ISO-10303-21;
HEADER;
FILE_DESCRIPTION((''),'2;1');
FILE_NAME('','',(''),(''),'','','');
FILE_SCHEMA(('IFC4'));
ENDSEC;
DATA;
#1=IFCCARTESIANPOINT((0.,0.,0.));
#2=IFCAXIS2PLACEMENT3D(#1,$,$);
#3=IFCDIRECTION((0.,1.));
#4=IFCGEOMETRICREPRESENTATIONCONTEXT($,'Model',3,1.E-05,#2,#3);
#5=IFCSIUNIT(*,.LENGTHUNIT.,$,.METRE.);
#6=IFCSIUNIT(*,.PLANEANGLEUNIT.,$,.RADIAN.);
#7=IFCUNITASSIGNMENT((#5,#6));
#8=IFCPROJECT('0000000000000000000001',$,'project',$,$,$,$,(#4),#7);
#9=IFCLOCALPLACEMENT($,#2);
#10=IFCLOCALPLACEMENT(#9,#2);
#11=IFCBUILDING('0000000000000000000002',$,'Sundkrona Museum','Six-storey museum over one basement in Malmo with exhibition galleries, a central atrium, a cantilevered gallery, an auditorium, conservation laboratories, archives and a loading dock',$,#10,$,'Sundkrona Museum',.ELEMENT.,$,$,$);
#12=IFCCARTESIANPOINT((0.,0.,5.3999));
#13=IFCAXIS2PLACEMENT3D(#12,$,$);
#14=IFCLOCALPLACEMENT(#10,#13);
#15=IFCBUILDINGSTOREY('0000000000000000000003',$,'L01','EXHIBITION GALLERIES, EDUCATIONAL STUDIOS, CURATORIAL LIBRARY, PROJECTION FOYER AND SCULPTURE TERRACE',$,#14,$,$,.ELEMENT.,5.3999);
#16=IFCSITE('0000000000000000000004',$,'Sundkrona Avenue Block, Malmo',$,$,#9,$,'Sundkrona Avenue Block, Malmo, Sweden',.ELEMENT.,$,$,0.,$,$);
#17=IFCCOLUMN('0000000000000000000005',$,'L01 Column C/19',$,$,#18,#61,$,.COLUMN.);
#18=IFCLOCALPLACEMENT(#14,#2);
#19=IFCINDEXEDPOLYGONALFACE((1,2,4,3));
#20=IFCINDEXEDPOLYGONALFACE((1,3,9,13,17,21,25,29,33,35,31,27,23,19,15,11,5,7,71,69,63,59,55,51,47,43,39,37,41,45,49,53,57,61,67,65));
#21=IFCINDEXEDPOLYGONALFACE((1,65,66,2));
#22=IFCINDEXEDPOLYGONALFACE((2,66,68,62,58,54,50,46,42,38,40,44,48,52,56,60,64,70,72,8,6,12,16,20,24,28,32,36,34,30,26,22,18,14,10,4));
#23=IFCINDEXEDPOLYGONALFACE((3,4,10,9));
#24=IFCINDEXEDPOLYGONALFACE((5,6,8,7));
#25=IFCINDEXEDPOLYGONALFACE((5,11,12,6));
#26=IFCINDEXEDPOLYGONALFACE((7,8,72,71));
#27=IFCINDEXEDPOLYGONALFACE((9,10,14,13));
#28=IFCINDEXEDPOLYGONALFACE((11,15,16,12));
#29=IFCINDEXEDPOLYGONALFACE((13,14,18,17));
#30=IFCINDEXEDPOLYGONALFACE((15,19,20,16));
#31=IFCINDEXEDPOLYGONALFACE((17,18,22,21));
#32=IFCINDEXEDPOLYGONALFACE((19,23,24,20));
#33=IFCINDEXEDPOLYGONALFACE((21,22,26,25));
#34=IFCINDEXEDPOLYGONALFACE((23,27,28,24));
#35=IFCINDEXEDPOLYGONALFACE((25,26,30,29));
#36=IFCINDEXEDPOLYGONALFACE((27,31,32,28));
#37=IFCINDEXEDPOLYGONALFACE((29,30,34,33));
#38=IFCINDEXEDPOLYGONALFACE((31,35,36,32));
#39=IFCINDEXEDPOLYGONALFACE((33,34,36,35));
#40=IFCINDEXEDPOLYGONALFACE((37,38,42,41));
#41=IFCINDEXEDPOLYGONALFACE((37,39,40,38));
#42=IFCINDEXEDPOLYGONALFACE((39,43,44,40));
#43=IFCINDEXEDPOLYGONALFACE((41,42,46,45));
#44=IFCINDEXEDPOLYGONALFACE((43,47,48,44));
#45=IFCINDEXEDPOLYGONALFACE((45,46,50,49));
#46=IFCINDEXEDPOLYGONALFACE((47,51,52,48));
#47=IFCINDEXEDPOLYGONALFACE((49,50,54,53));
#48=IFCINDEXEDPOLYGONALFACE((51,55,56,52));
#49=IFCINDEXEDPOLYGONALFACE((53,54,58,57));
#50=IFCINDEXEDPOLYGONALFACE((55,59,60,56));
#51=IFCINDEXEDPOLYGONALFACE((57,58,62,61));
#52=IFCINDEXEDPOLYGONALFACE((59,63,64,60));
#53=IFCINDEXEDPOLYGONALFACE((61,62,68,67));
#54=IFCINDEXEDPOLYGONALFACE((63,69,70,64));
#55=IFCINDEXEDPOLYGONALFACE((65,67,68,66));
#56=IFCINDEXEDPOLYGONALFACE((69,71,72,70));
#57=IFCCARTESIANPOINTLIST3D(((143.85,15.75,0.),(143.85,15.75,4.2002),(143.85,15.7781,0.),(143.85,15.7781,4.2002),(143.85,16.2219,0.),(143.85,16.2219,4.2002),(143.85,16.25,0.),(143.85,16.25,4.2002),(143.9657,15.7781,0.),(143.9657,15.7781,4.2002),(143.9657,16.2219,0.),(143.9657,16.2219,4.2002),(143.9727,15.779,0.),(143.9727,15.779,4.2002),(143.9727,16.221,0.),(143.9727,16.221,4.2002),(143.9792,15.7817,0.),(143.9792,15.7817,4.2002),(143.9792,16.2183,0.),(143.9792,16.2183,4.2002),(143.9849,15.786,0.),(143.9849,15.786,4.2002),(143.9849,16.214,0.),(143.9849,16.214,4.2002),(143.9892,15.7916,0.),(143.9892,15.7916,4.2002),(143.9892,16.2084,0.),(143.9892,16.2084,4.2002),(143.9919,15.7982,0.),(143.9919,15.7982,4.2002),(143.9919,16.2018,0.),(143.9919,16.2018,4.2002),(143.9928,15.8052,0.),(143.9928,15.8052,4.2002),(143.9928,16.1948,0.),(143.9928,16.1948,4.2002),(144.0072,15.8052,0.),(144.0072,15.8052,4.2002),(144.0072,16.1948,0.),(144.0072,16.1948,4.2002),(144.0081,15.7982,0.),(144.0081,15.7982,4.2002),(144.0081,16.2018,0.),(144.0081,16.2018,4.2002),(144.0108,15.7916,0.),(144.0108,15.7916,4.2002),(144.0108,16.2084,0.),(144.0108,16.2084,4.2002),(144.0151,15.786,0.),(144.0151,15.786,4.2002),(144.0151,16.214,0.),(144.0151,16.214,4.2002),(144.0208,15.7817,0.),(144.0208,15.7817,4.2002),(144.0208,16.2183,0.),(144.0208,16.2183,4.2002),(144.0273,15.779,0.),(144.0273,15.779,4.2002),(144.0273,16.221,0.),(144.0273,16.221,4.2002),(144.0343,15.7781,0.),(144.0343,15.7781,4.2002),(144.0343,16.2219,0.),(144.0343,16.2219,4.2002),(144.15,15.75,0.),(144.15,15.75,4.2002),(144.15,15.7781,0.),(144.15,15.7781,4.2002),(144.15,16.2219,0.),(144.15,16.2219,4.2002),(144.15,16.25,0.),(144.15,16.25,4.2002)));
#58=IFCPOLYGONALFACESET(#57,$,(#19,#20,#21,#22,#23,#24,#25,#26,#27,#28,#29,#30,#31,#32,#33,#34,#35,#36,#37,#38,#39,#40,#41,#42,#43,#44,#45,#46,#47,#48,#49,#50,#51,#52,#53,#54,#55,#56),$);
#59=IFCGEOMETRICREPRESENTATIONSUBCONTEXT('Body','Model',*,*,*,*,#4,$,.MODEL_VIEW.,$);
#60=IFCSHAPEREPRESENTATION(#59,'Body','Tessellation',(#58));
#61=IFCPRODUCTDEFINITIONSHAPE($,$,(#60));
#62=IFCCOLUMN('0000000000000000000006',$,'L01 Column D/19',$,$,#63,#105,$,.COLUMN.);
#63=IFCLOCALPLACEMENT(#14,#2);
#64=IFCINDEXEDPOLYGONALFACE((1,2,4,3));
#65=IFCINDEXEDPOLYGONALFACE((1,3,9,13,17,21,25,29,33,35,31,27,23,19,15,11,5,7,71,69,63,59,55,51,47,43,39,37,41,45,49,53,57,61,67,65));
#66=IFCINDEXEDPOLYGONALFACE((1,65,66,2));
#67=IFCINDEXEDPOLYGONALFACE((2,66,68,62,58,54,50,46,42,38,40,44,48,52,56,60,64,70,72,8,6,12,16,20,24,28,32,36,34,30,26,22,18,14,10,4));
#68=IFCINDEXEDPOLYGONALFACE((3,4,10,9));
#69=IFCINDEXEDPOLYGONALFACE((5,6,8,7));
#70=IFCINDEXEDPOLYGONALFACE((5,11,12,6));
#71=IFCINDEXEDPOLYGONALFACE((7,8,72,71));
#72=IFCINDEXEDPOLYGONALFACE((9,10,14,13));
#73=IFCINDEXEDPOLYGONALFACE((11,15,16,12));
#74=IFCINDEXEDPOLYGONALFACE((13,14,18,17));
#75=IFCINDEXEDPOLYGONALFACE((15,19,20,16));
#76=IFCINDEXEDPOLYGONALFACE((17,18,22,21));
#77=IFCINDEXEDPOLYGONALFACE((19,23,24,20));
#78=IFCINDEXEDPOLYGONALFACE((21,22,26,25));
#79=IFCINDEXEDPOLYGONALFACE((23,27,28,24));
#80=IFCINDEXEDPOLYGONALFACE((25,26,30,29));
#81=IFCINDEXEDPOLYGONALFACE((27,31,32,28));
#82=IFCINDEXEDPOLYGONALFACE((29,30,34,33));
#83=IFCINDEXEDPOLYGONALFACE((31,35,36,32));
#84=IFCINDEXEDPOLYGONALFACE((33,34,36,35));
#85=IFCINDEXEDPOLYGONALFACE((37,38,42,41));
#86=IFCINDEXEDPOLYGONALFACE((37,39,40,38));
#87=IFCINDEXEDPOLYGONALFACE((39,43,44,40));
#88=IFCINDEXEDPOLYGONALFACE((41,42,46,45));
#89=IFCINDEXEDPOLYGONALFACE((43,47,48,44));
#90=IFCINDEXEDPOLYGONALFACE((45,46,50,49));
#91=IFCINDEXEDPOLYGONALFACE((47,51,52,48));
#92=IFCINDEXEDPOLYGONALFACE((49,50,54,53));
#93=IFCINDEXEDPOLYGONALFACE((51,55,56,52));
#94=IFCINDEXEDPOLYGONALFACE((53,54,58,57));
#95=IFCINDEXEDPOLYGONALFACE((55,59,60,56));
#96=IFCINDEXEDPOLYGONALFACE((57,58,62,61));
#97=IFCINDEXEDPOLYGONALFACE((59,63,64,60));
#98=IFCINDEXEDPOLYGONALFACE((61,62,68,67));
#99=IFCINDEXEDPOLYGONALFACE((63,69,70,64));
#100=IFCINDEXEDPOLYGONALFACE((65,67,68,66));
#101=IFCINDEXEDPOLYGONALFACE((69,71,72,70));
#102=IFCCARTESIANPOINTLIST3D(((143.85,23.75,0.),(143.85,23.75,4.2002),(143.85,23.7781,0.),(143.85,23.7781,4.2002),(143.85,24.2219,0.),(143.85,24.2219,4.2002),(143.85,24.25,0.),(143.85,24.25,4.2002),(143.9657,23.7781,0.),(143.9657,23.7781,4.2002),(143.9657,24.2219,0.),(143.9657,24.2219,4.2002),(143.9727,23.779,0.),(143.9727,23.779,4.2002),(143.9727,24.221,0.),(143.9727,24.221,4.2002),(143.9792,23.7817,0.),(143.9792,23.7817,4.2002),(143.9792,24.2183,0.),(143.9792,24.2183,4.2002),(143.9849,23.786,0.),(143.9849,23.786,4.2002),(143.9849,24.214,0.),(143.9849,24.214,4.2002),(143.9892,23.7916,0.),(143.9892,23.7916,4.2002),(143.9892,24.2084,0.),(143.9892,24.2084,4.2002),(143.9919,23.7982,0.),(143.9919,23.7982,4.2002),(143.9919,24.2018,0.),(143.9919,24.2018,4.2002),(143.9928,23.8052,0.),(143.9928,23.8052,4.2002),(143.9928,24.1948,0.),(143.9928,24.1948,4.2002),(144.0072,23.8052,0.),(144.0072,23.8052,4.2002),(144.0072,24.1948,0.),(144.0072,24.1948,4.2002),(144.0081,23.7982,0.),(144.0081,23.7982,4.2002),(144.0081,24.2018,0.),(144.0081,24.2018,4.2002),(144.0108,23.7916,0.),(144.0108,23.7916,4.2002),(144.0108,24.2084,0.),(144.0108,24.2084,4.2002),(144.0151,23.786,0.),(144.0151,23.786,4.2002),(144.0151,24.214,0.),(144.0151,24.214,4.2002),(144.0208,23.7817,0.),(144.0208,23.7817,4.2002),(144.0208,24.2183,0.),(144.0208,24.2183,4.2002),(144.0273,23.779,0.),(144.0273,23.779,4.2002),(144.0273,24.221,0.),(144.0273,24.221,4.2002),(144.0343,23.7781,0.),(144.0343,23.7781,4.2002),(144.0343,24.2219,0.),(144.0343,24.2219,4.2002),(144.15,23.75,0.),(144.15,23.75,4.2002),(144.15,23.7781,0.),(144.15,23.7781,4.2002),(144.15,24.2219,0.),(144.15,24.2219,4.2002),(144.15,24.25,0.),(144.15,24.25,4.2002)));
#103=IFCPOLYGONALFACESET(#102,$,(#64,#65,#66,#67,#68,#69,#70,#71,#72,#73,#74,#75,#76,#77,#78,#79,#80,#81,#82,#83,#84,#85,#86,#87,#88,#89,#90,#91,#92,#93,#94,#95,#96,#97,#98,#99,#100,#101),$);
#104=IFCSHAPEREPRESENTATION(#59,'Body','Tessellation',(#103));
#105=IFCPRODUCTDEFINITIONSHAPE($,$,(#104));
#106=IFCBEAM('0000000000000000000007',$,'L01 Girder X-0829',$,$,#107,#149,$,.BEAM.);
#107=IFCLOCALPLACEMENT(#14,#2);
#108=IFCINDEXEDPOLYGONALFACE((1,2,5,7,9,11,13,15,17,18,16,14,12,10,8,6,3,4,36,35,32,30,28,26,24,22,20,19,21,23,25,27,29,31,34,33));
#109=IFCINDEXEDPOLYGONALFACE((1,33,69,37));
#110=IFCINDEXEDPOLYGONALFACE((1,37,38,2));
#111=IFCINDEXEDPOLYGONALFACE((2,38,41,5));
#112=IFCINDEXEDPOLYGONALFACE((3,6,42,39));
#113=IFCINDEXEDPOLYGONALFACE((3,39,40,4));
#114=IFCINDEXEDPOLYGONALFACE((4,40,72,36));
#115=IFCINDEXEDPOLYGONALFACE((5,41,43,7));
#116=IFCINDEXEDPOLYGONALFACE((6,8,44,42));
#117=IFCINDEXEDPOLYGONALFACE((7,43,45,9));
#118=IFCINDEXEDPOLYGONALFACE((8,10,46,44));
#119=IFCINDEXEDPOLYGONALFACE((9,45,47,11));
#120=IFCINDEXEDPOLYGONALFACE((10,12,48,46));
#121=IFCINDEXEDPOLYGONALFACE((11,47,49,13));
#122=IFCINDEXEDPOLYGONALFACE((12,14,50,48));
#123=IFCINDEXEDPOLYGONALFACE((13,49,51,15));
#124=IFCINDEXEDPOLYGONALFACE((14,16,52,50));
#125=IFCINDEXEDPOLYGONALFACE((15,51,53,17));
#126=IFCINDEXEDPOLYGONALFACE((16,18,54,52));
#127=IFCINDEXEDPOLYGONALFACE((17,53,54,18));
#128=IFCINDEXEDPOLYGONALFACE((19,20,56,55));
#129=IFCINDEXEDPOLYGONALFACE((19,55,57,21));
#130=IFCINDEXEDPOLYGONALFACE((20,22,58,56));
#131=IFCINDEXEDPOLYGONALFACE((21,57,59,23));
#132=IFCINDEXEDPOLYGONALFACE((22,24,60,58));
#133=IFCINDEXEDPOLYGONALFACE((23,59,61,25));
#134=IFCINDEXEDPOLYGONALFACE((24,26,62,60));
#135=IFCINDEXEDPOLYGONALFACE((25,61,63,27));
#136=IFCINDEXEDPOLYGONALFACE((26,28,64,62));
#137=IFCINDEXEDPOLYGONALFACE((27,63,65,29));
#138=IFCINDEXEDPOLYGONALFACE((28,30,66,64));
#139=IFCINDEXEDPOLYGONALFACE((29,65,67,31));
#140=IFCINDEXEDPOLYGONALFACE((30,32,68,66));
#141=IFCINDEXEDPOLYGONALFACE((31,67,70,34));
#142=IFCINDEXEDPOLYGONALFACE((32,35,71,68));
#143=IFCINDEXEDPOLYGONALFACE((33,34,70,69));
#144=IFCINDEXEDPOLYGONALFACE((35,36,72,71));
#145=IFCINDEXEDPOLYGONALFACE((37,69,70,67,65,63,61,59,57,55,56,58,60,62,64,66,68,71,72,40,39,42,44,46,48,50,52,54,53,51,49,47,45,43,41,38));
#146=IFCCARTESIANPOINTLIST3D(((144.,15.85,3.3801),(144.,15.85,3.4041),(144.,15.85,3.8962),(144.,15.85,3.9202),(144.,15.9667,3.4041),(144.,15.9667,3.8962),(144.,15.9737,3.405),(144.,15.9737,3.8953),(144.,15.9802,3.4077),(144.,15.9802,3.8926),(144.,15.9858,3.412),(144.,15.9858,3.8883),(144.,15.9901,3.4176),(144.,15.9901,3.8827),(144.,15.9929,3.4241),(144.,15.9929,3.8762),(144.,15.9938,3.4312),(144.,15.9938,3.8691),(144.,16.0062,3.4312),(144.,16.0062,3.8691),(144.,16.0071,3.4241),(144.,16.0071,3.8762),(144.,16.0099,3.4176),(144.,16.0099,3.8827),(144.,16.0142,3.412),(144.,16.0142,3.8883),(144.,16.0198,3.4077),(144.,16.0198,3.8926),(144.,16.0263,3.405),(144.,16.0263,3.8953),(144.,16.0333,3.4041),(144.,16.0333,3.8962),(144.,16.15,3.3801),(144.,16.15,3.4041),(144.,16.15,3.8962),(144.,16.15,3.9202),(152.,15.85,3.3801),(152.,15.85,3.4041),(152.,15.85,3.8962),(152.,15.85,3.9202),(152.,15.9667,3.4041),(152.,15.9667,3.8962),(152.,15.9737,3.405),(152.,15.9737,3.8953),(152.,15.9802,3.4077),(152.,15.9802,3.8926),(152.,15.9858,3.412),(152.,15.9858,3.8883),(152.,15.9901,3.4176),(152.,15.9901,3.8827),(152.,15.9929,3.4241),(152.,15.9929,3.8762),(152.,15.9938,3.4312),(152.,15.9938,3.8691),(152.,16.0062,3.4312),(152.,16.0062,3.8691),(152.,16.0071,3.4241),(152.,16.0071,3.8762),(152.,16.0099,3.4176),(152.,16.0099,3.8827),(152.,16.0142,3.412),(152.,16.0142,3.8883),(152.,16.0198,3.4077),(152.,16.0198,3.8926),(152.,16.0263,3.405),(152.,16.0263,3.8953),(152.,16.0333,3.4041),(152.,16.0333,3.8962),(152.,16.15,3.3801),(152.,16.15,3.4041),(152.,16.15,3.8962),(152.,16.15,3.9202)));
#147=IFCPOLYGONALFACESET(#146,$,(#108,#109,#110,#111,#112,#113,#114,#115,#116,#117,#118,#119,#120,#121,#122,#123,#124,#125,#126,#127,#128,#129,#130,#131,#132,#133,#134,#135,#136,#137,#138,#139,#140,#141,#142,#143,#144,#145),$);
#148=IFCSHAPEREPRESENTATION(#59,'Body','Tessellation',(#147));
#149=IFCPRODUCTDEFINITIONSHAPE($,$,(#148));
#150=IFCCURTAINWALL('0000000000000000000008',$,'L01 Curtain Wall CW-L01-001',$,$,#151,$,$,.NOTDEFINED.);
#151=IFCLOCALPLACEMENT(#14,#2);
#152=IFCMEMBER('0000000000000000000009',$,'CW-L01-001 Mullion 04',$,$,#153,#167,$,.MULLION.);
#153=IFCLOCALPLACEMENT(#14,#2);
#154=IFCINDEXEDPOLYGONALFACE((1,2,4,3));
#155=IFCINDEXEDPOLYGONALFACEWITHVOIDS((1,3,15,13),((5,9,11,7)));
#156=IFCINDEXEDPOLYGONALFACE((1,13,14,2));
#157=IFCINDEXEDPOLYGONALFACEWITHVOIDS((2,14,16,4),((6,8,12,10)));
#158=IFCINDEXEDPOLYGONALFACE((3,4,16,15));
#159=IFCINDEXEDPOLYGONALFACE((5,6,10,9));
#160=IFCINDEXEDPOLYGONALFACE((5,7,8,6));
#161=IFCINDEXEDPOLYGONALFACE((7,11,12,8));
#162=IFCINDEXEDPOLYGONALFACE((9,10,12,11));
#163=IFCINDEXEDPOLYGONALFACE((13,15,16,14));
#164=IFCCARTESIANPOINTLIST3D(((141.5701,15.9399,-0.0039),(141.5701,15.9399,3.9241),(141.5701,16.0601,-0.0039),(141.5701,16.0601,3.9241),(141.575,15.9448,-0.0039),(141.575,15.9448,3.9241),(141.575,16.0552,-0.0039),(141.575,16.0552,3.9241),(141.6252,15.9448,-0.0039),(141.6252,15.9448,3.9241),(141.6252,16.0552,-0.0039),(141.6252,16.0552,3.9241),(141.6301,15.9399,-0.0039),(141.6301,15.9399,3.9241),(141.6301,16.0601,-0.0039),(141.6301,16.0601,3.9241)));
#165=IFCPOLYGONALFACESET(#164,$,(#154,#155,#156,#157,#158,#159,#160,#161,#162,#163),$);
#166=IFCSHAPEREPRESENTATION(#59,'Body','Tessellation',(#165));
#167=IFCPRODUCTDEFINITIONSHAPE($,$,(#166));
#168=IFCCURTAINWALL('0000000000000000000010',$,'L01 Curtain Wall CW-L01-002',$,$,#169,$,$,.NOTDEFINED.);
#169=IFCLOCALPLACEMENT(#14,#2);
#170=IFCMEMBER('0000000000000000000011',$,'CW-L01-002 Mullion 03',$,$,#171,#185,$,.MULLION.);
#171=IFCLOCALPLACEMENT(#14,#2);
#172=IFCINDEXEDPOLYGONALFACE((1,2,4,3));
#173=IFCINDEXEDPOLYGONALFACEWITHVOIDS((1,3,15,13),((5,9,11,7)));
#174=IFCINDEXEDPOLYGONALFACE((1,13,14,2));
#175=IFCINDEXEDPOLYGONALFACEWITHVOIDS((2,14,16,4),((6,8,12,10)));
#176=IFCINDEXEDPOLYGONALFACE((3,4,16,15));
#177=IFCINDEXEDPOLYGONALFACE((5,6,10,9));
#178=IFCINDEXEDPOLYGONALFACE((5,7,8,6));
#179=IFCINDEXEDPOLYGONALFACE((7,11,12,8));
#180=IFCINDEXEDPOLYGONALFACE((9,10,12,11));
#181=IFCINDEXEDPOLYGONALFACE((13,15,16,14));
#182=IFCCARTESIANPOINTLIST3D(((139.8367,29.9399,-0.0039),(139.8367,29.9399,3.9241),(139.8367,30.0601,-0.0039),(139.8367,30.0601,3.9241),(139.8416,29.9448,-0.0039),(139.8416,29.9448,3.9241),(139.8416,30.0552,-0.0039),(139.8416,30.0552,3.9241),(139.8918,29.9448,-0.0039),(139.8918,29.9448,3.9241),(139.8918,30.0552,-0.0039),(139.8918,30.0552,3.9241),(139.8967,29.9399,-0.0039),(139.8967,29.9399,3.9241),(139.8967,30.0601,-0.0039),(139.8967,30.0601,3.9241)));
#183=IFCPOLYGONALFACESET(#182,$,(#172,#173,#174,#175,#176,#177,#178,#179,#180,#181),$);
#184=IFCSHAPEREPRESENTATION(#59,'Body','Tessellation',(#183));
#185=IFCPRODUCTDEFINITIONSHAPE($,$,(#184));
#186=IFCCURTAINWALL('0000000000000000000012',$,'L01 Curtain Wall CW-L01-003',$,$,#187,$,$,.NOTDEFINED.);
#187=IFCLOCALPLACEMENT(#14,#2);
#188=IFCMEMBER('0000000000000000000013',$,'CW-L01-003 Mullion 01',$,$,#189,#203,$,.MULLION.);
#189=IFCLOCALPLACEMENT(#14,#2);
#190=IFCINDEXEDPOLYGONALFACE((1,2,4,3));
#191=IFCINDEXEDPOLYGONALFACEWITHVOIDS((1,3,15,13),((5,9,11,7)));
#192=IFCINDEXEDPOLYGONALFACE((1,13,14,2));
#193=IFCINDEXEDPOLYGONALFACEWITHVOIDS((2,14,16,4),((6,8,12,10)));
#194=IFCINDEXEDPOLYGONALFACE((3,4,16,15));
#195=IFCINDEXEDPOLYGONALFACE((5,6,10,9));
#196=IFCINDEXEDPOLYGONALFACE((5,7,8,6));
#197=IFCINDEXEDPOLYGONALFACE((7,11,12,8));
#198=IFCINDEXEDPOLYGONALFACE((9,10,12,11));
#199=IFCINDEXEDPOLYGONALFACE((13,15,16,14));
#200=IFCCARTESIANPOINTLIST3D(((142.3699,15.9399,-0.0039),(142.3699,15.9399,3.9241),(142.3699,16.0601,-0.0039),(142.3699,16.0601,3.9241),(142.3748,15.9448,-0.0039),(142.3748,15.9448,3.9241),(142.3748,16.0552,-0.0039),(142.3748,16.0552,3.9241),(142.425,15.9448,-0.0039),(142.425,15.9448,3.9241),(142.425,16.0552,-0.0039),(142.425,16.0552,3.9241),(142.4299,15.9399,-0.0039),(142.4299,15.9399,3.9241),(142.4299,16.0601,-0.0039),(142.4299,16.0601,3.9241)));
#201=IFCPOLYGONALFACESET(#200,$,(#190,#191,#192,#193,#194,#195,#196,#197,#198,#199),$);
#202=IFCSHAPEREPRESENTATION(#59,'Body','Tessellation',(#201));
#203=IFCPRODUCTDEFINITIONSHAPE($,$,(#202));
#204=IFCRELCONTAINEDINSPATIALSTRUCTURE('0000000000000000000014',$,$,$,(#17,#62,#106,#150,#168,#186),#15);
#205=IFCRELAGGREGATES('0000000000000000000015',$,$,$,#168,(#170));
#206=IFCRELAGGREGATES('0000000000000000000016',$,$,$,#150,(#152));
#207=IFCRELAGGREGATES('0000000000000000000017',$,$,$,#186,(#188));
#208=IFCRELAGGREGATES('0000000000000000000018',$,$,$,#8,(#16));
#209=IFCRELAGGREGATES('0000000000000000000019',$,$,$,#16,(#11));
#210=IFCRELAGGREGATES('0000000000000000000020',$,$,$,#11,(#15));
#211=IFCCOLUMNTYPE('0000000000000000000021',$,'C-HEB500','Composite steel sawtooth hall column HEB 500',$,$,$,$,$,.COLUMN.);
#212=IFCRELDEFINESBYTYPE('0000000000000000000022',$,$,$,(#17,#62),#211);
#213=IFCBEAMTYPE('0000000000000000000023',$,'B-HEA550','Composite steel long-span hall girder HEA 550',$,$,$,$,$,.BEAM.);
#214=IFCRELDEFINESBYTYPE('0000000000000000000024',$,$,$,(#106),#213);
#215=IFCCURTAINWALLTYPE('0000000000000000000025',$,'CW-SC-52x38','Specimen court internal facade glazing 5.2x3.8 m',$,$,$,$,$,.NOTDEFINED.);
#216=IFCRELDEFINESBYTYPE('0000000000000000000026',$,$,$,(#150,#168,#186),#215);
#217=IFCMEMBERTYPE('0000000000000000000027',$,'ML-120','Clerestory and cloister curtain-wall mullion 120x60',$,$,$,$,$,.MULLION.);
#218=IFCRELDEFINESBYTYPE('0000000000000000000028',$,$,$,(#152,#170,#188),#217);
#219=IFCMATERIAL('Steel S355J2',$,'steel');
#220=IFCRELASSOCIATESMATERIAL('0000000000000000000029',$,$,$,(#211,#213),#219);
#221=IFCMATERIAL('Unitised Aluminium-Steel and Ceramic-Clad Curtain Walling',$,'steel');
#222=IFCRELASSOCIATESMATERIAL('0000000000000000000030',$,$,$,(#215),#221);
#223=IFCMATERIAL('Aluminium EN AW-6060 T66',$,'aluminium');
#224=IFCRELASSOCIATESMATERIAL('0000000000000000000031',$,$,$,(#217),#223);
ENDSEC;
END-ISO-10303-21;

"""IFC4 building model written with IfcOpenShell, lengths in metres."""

from ifc_helpers import new_model, si_unit, direction, frame, origin, origin_2d, place, context, subcontext, project, spatial, hollow_rectangle, i_section, extrude, material, material_profile, profile_set, type_object, element, aggregate, save


model = new_model("IFC4")

# Units and contexts
model_context = context("Model", 3, precision=1e-05, world=origin(), true_north=direction((0.0, 1.0)))
body_context = subcontext(model_context, "Body", "Model", "MODEL_VIEW")
ifc_project = project(units=[si_unit("LENGTHUNIT", "METRE"), si_unit("PLANEANGLEUNIT", "RADIAN")], contexts=[model_context])

# Site, building, storey
site_placement = place(None, origin())
site = spatial("IfcSite", under=ifc_project, at=site_placement, Name="Sundkrona Avenue Block, Malmo", LongName="Sundkrona Avenue Block, Malmo, Sweden", CompositionType="ELEMENT", RefElevation=0.0)
building_placement = place(site_placement, origin())
building = spatial("IfcBuilding", under=site, at=building_placement, Name="Sundkrona Museum", Description="Six-storey museum over one basement in Malmo with exhibition galleries, a central atrium, a cantilevered gallery, an auditorium, conservation laboratories, archives and a loading dock", LongName="Sundkrona Museum", CompositionType="ELEMENT")
storey_placement = place(building_placement, frame((0.0, 0.0, 5.3999)))
storey = spatial("IfcBuildingStorey", under=building, at=storey_placement, Name="L01", Description="EXHIBITION GALLERIES, EDUCATIONAL STUDIOS, CURATORIAL LIBRARY, PROJECTION FOYER AND SCULPTURE TERRACE", CompositionType="ELEMENT", Elevation=5.3999)

# Columns
ifc_material_1 = material(Name="Steel S355J2", Category="steel")
ifc_material_profile_1 = material_profile(ifc_material_1, i_section(OverallWidth=0.3, OverallDepth=0.5, WebThickness=0.0144, FlangeThickness=0.0281, FilletRadius=0.0271, at=origin_2d()), Name="HEB 500")
ifc_profile_set_1 = profile_set([ifc_material_profile_1], Name="Steel S355J2")
column_type = type_object("IfcColumnType", Name="C-HEB500", Description="Composite steel sawtooth hall column HEB 500", PredefinedType="COLUMN", material=ifc_profile_set_1)
for number, where, z_axis, x_axis, name in (
    (1, (144.0, 16.0, 0.0), (0.0, 0.0, 1.0), (1.0, 0.0, 0.0), "L01 Column C/19"),
    (2, (144.0, 24.0, 0.0), (0.0, 0.0, 1.0), (1.0, 0.0, 0.0), "L01 Column D/19"),
):
    element("IfcColumn", number, at=place(storey_placement, frame(where, z_axis=z_axis, x_axis=x_axis)), inside=storey, type_object=column_type, Name=name, PredefinedType="COLUMN", context=body_context, shape_type="SweptSolid", body=[
        extrude(i_section(OverallWidth=0.3, OverallDepth=0.5, WebThickness=0.0144, FlangeThickness=0.0281, FilletRadius=0.0271, at=origin_2d()), origin(), (0.0, 0.0, 1.0), 4.2002),
    ])

# Beam
ifc_material_profile_2 = material_profile(ifc_material_1, i_section(OverallWidth=0.3, OverallDepth=0.54, WebThickness=0.0125, FlangeThickness=0.0239, FilletRadius=0.0271, at=origin_2d()), Name="HEA 550")
ifc_profile_set_2 = profile_set([ifc_material_profile_2], Name="Steel S355J2")
beam_type = type_object("IfcBeamType", Name="B-HEA550", Description="Composite steel long-span hall girder HEA 550", PredefinedType="BEAM", material=ifc_profile_set_2)
beam_placement = place(storey_placement, frame((144.0, 16.0, 3.6501), z_axis=(1.0, 0.0, 0.0), x_axis=(0.0, 1.0, 0.0)))
element("IfcBeam", 3, at=beam_placement, inside=storey, type_object=beam_type, Name="L01 Girder X-0829", PredefinedType="BEAM", context=body_context, shape_type="SweptSolid", body=[
    extrude(i_section(OverallWidth=0.3, OverallDepth=0.54, WebThickness=0.0125, FlangeThickness=0.0239, FilletRadius=0.0271, at=origin_2d()), origin(), (0.0, 0.0, 1.0), 8.0),
])

# Curtain walls, members
ifc_material_2 = material(Name="Unitised Aluminium-Steel and Ceramic-Clad Curtain Walling", Category="steel")
curtain_wall_type = type_object("IfcCurtainWallType", Name="CW-SC-52x38", Description="Specimen court internal facade glazing 5.2x3.8 m", PredefinedType="NOTDEFINED", material=ifc_material_2)
curtain_wall_1_placement = place(storey_placement, origin())
curtain_wall_1 = element("IfcCurtainWall", 4, at=curtain_wall_1_placement, inside=storey, type_object=curtain_wall_type, Name="L01 Curtain Wall CW-L01-001", PredefinedType="NOTDEFINED")
ifc_material_3 = material(Name="Aluminium EN AW-6060 T66", Category="aluminium")
ifc_material_profile_3 = material_profile(ifc_material_3, hollow_rectangle(XDim=0.0601, YDim=0.1201, WallThickness=0.0049, at=origin_2d()), Name="RHS 120x60x5.0")
ifc_profile_set_3 = profile_set([ifc_material_profile_3], Name="Aluminium EN AW-6060 T66")
member_type_1 = type_object("IfcMemberType", Name="ML-120", Description="Clerestory and cloister curtain-wall mullion 120x60", PredefinedType="MULLION", material=ifc_profile_set_3)
member_1_placement = place(storey_placement, frame((141.6001, 16.0, -0.0039), z_axis=(0.0, 0.0, 1.0), x_axis=(1.0, 0.0, 0.0)))
member_1 = element("IfcMember", 5, at=member_1_placement, type_object=member_type_1, Name="CW-L01-001 Mullion 04", PredefinedType="MULLION", context=body_context, shape_type="SweptSolid", body=[
    extrude(hollow_rectangle(XDim=0.0601, YDim=0.1201, WallThickness=0.0049, at=origin_2d()), origin(), (0.0, 0.0, 1.0), 3.928),
])
curtain_wall_2_placement = place(storey_placement, origin())
curtain_wall_2 = element("IfcCurtainWall", 6, at=curtain_wall_2_placement, inside=storey, type_object=curtain_wall_type, Name="L01 Curtain Wall CW-L01-002", PredefinedType="NOTDEFINED")
member_2_placement = place(storey_placement, frame((139.8667, 30.0, -0.0039), z_axis=(0.0, 0.0, 1.0), x_axis=(1.0, 0.0, 0.0)))
member_2 = element("IfcMember", 7, at=member_2_placement, type_object=member_type_1, Name="CW-L01-002 Mullion 03", PredefinedType="MULLION", context=body_context, shape_type="SweptSolid", body=[
    extrude(hollow_rectangle(XDim=0.0601, YDim=0.1201, WallThickness=0.0049, at=origin_2d()), origin(), (0.0, 0.0, 1.0), 3.928),
])

# Curtain wall, member
curtain_wall_3_placement = place(storey_placement, origin())
curtain_wall_3 = element("IfcCurtainWall", 8, at=curtain_wall_3_placement, inside=storey, type_object=curtain_wall_type, Name="L01 Curtain Wall CW-L01-003", PredefinedType="NOTDEFINED")
member_3_placement = place(storey_placement, frame((142.3999, 16.0, -0.0039), z_axis=(0.0, 0.0, 1.0), x_axis=(1.0, 0.0, 0.0)))
member_3 = element("IfcMember", 9, at=member_3_placement, type_object=member_type_1, Name="CW-L01-003 Mullion 01", PredefinedType="MULLION", context=body_context, shape_type="SweptSolid", body=[
    extrude(hollow_rectangle(XDim=0.0601, YDim=0.1201, WallThickness=0.0049, at=origin_2d()), origin(), (0.0, 0.0, 1.0), 3.928),
])

aggregate(curtain_wall_2, [member_2])

aggregate(curtain_wall_1, [member_1])
aggregate(curtain_wall_3, [member_3])

save(model, "model.ifc")
